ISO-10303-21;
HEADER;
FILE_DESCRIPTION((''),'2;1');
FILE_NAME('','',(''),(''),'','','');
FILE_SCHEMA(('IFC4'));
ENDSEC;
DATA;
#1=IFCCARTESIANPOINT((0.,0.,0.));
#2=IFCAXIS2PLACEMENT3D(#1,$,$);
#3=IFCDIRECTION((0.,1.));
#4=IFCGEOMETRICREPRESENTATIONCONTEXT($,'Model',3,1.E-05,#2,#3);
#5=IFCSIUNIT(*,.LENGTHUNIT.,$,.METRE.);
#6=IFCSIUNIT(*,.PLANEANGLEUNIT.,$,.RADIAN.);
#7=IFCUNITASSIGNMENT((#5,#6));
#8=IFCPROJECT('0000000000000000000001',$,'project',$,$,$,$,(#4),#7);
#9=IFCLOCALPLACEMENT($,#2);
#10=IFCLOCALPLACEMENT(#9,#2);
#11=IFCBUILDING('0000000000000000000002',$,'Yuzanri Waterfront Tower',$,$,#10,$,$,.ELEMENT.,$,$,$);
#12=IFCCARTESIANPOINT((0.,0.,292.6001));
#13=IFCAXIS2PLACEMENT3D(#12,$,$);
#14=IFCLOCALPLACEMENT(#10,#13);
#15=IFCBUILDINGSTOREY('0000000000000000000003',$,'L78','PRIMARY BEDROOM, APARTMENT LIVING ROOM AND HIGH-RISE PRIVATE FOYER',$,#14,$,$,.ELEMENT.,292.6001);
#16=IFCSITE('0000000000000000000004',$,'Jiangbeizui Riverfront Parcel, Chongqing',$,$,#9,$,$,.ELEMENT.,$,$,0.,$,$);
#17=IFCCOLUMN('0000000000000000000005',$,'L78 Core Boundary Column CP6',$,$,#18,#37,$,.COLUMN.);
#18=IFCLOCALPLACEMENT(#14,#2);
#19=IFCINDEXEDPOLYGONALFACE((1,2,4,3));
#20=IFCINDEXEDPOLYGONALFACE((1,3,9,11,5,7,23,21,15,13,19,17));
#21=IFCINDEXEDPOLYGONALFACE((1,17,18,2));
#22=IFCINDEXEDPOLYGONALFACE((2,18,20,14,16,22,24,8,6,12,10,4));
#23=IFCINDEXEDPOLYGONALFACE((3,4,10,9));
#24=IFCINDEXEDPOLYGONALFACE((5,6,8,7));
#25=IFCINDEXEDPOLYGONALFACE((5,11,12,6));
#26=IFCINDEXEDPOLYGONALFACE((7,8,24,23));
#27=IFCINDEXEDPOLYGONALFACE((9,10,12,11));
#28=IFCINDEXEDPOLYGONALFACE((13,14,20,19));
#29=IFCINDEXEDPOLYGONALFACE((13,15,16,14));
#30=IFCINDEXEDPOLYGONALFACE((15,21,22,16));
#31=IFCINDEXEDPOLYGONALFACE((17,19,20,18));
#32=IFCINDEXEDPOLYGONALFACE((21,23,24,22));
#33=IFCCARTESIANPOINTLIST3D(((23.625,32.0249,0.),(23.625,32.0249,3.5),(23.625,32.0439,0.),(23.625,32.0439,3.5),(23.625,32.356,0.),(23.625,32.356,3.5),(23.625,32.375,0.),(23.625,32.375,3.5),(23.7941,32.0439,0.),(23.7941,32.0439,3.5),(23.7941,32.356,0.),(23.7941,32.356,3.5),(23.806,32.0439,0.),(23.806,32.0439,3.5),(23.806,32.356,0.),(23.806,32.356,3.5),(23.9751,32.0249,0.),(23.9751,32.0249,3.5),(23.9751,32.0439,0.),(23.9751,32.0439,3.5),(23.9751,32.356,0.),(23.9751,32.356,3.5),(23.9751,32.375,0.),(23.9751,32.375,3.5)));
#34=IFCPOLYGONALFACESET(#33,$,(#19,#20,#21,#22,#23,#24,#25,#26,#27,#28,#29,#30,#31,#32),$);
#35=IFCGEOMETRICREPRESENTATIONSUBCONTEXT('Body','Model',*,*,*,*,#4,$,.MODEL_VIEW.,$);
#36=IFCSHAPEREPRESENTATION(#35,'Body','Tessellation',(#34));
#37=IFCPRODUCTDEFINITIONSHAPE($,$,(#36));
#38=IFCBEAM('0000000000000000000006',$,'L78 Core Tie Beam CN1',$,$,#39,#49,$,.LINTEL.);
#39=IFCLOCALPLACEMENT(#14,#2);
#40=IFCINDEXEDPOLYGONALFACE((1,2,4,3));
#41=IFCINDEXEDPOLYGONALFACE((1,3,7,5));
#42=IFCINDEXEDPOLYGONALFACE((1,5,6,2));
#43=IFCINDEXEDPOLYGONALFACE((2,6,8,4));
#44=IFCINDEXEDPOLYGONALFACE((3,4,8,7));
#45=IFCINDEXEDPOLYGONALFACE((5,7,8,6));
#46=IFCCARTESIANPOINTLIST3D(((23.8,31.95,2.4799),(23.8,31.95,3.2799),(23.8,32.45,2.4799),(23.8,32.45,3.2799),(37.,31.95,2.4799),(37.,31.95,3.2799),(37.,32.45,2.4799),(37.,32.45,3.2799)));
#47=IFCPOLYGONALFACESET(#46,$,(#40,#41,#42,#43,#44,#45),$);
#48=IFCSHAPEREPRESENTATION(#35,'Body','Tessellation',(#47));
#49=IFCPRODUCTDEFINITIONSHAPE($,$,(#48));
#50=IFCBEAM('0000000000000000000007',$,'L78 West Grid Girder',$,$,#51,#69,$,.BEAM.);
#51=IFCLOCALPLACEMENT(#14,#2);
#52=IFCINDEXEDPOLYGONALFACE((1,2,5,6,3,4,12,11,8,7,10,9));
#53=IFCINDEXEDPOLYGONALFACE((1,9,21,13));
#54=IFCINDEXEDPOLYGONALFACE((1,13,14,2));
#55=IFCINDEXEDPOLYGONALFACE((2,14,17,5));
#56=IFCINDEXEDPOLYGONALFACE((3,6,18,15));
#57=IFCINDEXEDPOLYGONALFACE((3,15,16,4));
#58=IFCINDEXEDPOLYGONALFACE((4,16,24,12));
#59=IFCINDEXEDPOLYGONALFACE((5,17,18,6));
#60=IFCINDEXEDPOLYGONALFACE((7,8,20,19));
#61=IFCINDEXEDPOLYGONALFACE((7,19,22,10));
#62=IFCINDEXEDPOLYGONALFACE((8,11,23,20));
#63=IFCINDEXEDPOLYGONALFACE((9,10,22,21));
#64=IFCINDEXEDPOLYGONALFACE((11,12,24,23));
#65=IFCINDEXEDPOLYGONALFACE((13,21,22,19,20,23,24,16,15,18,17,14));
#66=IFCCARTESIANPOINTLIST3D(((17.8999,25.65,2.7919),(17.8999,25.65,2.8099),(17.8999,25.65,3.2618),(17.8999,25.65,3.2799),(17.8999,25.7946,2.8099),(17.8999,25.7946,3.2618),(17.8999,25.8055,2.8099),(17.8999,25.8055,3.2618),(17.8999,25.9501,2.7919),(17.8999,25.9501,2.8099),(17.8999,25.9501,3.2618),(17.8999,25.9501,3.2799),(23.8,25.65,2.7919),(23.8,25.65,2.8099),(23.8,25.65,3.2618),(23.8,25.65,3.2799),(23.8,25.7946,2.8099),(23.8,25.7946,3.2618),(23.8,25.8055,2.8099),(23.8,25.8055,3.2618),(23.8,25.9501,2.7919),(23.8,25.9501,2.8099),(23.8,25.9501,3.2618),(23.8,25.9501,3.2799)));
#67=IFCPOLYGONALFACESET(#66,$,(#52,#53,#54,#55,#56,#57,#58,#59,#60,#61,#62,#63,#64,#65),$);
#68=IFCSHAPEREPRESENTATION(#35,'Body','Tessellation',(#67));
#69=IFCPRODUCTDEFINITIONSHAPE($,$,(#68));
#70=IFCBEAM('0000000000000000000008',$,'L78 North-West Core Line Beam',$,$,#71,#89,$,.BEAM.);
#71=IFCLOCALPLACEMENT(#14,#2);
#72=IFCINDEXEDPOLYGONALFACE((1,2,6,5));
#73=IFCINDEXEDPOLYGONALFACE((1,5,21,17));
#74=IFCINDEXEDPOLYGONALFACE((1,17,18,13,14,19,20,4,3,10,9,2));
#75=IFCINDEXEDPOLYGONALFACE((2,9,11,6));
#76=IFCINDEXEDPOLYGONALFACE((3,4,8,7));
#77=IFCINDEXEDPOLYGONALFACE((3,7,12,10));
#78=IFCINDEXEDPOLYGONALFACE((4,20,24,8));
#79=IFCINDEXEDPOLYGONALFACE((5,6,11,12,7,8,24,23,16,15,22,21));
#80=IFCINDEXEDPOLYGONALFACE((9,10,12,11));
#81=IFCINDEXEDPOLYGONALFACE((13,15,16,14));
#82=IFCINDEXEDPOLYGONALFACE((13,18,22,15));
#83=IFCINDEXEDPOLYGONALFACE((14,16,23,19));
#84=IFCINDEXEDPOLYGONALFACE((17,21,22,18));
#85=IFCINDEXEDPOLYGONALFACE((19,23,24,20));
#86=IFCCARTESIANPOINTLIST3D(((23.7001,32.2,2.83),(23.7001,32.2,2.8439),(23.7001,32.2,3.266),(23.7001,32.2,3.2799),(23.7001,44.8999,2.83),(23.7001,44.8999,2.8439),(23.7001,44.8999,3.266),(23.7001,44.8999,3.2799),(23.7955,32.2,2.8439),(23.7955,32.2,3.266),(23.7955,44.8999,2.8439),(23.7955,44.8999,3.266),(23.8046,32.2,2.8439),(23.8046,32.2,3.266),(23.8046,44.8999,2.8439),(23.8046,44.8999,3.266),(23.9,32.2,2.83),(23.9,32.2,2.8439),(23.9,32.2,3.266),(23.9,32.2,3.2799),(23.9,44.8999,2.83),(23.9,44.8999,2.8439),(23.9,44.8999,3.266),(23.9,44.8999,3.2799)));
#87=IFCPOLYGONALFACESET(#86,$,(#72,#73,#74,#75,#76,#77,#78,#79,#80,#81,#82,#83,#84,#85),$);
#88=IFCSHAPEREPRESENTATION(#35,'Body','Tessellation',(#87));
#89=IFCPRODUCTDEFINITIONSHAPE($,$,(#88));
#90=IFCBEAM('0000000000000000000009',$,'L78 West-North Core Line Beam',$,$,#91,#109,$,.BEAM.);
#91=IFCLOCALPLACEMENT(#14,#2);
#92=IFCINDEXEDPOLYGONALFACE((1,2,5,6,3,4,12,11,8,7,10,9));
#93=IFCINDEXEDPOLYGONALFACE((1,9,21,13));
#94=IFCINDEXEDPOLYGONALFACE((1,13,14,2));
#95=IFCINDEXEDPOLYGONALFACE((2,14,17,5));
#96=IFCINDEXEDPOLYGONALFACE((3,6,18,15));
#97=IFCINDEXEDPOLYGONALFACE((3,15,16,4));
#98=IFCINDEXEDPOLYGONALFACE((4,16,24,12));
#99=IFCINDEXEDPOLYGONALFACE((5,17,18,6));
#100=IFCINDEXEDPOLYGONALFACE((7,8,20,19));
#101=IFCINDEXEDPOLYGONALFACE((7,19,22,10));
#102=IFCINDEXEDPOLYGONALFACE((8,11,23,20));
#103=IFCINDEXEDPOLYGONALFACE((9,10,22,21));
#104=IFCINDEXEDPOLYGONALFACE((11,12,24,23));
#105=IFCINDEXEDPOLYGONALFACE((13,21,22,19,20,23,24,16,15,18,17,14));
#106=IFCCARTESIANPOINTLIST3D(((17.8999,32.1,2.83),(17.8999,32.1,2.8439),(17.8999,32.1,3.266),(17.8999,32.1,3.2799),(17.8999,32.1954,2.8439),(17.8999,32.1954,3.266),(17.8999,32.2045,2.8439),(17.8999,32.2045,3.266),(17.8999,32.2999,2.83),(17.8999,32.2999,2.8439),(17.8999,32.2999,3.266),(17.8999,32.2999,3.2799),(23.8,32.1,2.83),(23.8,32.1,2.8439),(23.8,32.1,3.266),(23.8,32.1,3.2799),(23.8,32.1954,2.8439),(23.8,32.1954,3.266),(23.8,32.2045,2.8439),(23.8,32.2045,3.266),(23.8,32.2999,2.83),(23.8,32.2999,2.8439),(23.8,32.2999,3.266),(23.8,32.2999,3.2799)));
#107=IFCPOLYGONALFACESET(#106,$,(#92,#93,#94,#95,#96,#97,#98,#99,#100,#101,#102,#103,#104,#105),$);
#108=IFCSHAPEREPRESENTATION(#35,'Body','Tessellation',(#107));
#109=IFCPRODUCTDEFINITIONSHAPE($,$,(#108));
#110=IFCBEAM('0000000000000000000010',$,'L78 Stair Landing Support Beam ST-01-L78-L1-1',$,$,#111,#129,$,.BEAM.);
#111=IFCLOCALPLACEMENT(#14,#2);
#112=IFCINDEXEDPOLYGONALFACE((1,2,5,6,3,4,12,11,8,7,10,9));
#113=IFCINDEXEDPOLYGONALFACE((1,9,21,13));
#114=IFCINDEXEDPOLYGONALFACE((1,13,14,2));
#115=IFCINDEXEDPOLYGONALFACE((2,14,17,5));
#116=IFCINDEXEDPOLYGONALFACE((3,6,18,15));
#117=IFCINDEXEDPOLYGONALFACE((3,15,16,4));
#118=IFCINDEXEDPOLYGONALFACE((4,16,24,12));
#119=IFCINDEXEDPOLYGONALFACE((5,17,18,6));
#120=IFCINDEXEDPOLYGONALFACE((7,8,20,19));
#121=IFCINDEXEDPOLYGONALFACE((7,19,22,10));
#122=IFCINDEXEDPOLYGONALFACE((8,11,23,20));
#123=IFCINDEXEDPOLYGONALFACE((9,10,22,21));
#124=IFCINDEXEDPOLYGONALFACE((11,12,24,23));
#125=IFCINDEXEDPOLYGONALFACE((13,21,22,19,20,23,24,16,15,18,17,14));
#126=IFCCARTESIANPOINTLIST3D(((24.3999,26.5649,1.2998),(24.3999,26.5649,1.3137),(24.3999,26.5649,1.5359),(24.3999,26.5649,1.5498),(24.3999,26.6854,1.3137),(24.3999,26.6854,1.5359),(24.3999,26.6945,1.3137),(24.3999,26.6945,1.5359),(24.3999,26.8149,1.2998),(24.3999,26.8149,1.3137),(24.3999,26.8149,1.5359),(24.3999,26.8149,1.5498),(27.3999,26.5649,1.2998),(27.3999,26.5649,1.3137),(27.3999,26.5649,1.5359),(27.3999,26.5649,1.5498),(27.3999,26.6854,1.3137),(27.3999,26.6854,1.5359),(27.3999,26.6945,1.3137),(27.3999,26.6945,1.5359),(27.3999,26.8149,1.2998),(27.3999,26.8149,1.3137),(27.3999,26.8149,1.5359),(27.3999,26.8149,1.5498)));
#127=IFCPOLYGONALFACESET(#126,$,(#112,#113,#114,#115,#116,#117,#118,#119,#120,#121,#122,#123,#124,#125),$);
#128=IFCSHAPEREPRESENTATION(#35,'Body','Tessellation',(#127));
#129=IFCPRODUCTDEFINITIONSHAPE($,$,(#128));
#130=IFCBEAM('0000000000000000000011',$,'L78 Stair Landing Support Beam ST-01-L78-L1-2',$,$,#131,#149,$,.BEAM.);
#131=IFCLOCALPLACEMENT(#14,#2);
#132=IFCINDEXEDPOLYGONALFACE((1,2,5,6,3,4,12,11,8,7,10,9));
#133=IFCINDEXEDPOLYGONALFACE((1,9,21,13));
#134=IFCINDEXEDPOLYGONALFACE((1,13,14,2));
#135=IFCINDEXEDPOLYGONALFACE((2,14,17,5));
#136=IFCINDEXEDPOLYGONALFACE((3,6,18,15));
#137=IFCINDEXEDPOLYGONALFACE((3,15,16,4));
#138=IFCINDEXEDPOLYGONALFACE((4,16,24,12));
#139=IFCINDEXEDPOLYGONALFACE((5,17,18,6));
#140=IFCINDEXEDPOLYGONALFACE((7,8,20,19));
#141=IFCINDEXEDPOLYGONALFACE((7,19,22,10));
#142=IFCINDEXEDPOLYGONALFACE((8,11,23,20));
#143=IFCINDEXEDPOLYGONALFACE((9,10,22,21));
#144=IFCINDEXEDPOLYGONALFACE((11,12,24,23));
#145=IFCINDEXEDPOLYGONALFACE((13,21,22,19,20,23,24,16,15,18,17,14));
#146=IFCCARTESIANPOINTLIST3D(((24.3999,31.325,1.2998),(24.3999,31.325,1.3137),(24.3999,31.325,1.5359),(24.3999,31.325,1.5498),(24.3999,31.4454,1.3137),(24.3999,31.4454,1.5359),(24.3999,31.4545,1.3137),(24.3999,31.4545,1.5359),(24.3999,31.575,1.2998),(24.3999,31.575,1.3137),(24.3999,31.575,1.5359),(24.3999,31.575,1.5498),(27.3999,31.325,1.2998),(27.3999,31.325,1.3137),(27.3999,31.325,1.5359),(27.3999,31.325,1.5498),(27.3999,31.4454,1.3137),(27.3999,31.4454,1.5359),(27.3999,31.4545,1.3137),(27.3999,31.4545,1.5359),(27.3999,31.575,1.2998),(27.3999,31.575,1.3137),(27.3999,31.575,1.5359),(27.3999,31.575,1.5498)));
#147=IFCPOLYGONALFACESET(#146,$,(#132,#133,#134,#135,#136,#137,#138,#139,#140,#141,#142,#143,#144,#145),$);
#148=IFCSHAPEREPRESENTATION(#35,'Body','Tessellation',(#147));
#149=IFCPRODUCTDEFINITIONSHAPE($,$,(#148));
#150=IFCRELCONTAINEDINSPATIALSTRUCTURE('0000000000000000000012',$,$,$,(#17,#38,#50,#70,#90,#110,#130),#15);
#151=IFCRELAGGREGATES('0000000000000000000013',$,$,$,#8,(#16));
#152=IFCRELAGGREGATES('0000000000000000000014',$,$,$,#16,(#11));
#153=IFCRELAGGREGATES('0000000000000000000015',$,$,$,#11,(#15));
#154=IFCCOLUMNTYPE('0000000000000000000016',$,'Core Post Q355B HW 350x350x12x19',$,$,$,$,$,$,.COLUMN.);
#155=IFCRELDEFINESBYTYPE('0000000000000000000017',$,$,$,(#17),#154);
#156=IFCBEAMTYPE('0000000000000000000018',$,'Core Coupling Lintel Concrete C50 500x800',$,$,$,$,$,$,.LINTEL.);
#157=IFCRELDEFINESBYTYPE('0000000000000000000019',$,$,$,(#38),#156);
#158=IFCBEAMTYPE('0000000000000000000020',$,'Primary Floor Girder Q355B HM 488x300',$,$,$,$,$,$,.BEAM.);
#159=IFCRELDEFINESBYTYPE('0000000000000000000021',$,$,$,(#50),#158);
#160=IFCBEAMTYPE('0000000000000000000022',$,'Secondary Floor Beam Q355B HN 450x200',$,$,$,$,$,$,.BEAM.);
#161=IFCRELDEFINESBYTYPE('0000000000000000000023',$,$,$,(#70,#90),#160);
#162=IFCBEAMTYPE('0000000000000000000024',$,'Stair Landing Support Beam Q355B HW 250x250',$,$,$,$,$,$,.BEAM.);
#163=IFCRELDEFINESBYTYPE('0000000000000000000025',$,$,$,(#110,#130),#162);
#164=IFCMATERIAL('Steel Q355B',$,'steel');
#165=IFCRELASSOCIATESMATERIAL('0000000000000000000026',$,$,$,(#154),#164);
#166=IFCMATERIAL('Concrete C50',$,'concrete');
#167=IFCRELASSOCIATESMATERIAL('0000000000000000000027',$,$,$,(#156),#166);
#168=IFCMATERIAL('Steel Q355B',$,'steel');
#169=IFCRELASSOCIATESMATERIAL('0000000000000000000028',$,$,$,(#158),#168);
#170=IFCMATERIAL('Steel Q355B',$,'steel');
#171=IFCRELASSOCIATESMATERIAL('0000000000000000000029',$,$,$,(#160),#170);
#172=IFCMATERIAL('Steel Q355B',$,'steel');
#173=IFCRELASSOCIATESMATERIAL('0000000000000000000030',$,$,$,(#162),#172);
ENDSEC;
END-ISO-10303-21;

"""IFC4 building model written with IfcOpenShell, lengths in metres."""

from ifc_helpers import new_model, si_unit, direction, frame, origin, origin_2d, place, context, subcontext, project, spatial, rectangle, i_section, extrude, source, transform, mapped, material, material_profile, profile_set, type_object, element, save


model = new_model("IFC4")

# Units and contexts
model_context = context("Model", 3, precision=1e-05, world=origin(), true_north=direction((0.0, 1.0)))
body_context = subcontext(model_context, "Body", "Model", "MODEL_VIEW")
ifc_project = project(units=[si_unit("LENGTHUNIT", "METRE"), si_unit("PLANEANGLEUNIT", "RADIAN")], contexts=[model_context])

# Site, building, storey
site_placement = place(None, origin())
site = spatial("IfcSite", under=ifc_project, at=site_placement, Name="Jiangbeizui Riverfront Parcel, Chongqing", CompositionType="ELEMENT", RefElevation=0.0)
building_placement = place(site_placement, origin())
building = spatial("IfcBuilding", under=site, at=building_placement, Name="Yuzanri Waterfront Tower", CompositionType="ELEMENT")
storey_placement = place(building_placement, frame((0.0, 0.0, 292.6001)))
storey = spatial("IfcBuildingStorey", under=building, at=storey_placement, Name="L78", Description="PRIMARY BEDROOM, APARTMENT LIVING ROOM AND HIGH-RISE PRIVATE FOYER", CompositionType="ELEMENT", Elevation=292.6001)

# Column
ifc_material_1 = material(Name="Steel Q355B", Category="steel")
ifc_material_profile_1 = material_profile(ifc_material_1, i_section(OverallWidth=0.3501, OverallDepth=0.3501, WebThickness=0.012, FlangeThickness=0.019, at=origin_2d()), Name="HW 350x350x12x19")
ifc_profile_set_1 = profile_set([ifc_material_profile_1], Name="Steel Q355B")
column_type = type_object("IfcColumnType", Name="Core Post Q355B HW 350x350x12x19", PredefinedType="COLUMN", material=ifc_profile_set_1)
shared_shape_1 = source(origin(), body_context, "Body", "SweptSolid", [
    extrude(i_section(OverallWidth=0.3501, OverallDepth=0.3501, WebThickness=0.012, FlangeThickness=0.019, at=origin_2d()), origin(), (0.0, 0.0, 1.0), 3.5),
])
column_placement = place(storey_placement, frame((23.8, 32.2, 0.0), z_axis=(0.0, 0.0, 1.0), x_axis=(1.0, 0.0, 0.0)))
element("IfcColumn", 1, at=column_placement, inside=storey, type_object=column_type, Name="L78 Core Boundary Column CP6", PredefinedType="COLUMN", context=body_context, shape_type="MappedRepresentation", body=[
    mapped(shared_shape_1, transform((0.0, 0.0, 0.0), scale=1.0)),
])

# Beams
ifc_material_2 = material(Name="Concrete C50", Category="concrete")
ifc_material_profile_2 = material_profile(ifc_material_2, rectangle(XDim=0.5, YDim=0.8, at=origin_2d()), Name="RC 500x800")
ifc_profile_set_2 = profile_set([ifc_material_profile_2], Name="Concrete C50")
beam_type_1 = type_object("IfcBeamType", Name="Core Coupling Lintel Concrete C50 500x800", PredefinedType="LINTEL", material=ifc_profile_set_2)
shared_shape_2 = source(origin(), body_context, "Body", "SweptSolid", [
    extrude(rectangle(XDim=0.5, YDim=0.8, at=origin_2d()), origin(), (0.0, 0.0, 1.0), 13.2),
])
beam_1_placement = place(storey_placement, frame((23.8, 32.2, 2.8799), z_axis=(1.0, 0.0, 0.0), x_axis=(0.0, 1.0, 0.0)))
element("IfcBeam", 2, at=beam_1_placement, inside=storey, type_object=beam_type_1, Name="L78 Core Tie Beam CN1", PredefinedType="LINTEL", context=body_context, shape_type="MappedRepresentation", body=[
    mapped(shared_shape_2, transform((0.0, 0.0, 0.0), scale=1.0)),
])
ifc_material_3 = material(Name="Steel Q355B", Category="steel")
ifc_material_profile_3 = material_profile(ifc_material_3, i_section(OverallWidth=0.3, OverallDepth=0.488, WebThickness=0.011, FlangeThickness=0.0181, at=origin_2d()), Name="HM 488x300x11x18")
ifc_profile_set_3 = profile_set([ifc_material_profile_3], Name="Steel Q355B")
beam_type_2 = type_object("IfcBeamType", Name="Primary Floor Girder Q355B HM 488x300", PredefinedType="BEAM", material=ifc_profile_set_3)
shared_shape_3 = source(origin(), body_context, "Body", "SweptSolid", [
    extrude(i_section(OverallWidth=0.3, OverallDepth=0.488, WebThickness=0.011, FlangeThickness=0.0181, at=origin_2d()), origin(), (0.0, 0.0, 1.0), 5.9001),
])
beam_2_placement = place(storey_placement, frame((23.8, 25.8, 3.0359), z_axis=(-1.0, 0.0, 0.0), x_axis=(0.0, -1.0, 0.0)))
element("IfcBeam", 3, at=beam_2_placement, inside=storey, type_object=beam_type_2, Name="L78 West Grid Girder", PredefinedType="BEAM", context=body_context, shape_type="MappedRepresentation", body=[
    mapped(shared_shape_3, transform((0.0, 0.0, 0.0), scale=1.0)),
])
ifc_material_4 = material(Name="Steel Q355B", Category="steel")
ifc_material_profile_4 = material_profile(ifc_material_4, i_section(OverallWidth=0.2, OverallDepth=0.45, WebThickness=0.009, FlangeThickness=0.0139, at=origin_2d()), Name="HN 450x200x9x14")
ifc_profile_set_4 = profile_set([ifc_material_profile_4], Name="Steel Q355B")
beam_type_3 = type_object("IfcBeamType", Name="Secondary Floor Beam Q355B HN 450x200", PredefinedType="BEAM", material=ifc_profile_set_4)
shared_shape_4 = source(origin(), body_context, "Body", "SweptSolid", [
    extrude(i_section(OverallWidth=0.2, OverallDepth=0.45, WebThickness=0.009, FlangeThickness=0.0139, at=origin_2d()), origin(), (0.0, 0.0, 1.0), 12.7),
])
beam_3_placement = place(storey_placement, frame((23.8, 32.2, 3.0549), z_axis=(0.0, 1.0, 0.0), x_axis=(-1.0, 0.0, 0.0)))
element("IfcBeam", 4, at=beam_3_placement, inside=storey, type_object=beam_type_3, Name="L78 North-West Core Line Beam", PredefinedType="BEAM", context=body_context, shape_type="MappedRepresentation", body=[
    mapped(shared_shape_4, transform((0.0, 0.0, 0.0), scale=1.0)),
])
shared_shape_5 = source(origin(), body_context, "Body", "SweptSolid", [
    extrude(i_section(OverallWidth=0.2, OverallDepth=0.45, WebThickness=0.009, FlangeThickness=0.0139, at=origin_2d()), origin(), (0.0, 0.0, 1.0), 5.9001),
])
beam_4_placement = place(storey_placement, frame((23.8, 32.2, 3.0549), z_axis=(-1.0, 0.0, 0.0), x_axis=(0.0, -1.0, 0.0)))
element("IfcBeam", 5, at=beam_4_placement, inside=storey, type_object=beam_type_3, Name="L78 West-North Core Line Beam", PredefinedType="BEAM", context=body_context, shape_type="MappedRepresentation", body=[
    mapped(shared_shape_5, transform((0.0, 0.0, 0.0), scale=1.0)),
])
ifc_material_5 = material(Name="Steel Q355B", Category="steel")
ifc_material_profile_5 = material_profile(ifc_material_5, i_section(OverallWidth=0.25, OverallDepth=0.25, WebThickness=0.009, FlangeThickness=0.0139, at=origin_2d()), Name="HW 250x250x9x14")
ifc_profile_set_5 = profile_set([ifc_material_profile_5], Name="Steel Q355B")
beam_type_4 = type_object("IfcBeamType", Name="Stair Landing Support Beam Q355B HW 250x250", PredefinedType="BEAM", material=ifc_profile_set_5)
shared_shape_6 = source(origin(), body_context, "Body", "SweptSolid", [
    extrude(i_section(OverallWidth=0.25, OverallDepth=0.25, WebThickness=0.009, FlangeThickness=0.0139, at=origin_2d()), origin(), (0.0, 0.0, 1.0), 3.0),
])
for number, where, z_axis, x_axis, name in (
    (6, (24.3999, 26.6899, 1.4248), (1.0, 0.0, 0.0), (0.0, 1.0, 0.0), "L78 Stair Landing Support Beam ST-01-L78-L1-1"),
    (7, (24.3999, 31.45, 1.4248), (1.0, 0.0, 0.0), (0.0, 1.0, 0.0), "L78 Stair Landing Support Beam ST-01-L78-L1-2"),
):
    element("IfcBeam", number, at=place(storey_placement, frame(where, z_axis=z_axis, x_axis=x_axis)), inside=storey, type_object=beam_type_4, Name=name, PredefinedType="BEAM", context=body_context, shape_type="MappedRepresentation", body=[
        mapped(shared_shape_6, transform((0.0, 0.0, 0.0), scale=1.0)),
    ])

save(model, "model.ifc")
